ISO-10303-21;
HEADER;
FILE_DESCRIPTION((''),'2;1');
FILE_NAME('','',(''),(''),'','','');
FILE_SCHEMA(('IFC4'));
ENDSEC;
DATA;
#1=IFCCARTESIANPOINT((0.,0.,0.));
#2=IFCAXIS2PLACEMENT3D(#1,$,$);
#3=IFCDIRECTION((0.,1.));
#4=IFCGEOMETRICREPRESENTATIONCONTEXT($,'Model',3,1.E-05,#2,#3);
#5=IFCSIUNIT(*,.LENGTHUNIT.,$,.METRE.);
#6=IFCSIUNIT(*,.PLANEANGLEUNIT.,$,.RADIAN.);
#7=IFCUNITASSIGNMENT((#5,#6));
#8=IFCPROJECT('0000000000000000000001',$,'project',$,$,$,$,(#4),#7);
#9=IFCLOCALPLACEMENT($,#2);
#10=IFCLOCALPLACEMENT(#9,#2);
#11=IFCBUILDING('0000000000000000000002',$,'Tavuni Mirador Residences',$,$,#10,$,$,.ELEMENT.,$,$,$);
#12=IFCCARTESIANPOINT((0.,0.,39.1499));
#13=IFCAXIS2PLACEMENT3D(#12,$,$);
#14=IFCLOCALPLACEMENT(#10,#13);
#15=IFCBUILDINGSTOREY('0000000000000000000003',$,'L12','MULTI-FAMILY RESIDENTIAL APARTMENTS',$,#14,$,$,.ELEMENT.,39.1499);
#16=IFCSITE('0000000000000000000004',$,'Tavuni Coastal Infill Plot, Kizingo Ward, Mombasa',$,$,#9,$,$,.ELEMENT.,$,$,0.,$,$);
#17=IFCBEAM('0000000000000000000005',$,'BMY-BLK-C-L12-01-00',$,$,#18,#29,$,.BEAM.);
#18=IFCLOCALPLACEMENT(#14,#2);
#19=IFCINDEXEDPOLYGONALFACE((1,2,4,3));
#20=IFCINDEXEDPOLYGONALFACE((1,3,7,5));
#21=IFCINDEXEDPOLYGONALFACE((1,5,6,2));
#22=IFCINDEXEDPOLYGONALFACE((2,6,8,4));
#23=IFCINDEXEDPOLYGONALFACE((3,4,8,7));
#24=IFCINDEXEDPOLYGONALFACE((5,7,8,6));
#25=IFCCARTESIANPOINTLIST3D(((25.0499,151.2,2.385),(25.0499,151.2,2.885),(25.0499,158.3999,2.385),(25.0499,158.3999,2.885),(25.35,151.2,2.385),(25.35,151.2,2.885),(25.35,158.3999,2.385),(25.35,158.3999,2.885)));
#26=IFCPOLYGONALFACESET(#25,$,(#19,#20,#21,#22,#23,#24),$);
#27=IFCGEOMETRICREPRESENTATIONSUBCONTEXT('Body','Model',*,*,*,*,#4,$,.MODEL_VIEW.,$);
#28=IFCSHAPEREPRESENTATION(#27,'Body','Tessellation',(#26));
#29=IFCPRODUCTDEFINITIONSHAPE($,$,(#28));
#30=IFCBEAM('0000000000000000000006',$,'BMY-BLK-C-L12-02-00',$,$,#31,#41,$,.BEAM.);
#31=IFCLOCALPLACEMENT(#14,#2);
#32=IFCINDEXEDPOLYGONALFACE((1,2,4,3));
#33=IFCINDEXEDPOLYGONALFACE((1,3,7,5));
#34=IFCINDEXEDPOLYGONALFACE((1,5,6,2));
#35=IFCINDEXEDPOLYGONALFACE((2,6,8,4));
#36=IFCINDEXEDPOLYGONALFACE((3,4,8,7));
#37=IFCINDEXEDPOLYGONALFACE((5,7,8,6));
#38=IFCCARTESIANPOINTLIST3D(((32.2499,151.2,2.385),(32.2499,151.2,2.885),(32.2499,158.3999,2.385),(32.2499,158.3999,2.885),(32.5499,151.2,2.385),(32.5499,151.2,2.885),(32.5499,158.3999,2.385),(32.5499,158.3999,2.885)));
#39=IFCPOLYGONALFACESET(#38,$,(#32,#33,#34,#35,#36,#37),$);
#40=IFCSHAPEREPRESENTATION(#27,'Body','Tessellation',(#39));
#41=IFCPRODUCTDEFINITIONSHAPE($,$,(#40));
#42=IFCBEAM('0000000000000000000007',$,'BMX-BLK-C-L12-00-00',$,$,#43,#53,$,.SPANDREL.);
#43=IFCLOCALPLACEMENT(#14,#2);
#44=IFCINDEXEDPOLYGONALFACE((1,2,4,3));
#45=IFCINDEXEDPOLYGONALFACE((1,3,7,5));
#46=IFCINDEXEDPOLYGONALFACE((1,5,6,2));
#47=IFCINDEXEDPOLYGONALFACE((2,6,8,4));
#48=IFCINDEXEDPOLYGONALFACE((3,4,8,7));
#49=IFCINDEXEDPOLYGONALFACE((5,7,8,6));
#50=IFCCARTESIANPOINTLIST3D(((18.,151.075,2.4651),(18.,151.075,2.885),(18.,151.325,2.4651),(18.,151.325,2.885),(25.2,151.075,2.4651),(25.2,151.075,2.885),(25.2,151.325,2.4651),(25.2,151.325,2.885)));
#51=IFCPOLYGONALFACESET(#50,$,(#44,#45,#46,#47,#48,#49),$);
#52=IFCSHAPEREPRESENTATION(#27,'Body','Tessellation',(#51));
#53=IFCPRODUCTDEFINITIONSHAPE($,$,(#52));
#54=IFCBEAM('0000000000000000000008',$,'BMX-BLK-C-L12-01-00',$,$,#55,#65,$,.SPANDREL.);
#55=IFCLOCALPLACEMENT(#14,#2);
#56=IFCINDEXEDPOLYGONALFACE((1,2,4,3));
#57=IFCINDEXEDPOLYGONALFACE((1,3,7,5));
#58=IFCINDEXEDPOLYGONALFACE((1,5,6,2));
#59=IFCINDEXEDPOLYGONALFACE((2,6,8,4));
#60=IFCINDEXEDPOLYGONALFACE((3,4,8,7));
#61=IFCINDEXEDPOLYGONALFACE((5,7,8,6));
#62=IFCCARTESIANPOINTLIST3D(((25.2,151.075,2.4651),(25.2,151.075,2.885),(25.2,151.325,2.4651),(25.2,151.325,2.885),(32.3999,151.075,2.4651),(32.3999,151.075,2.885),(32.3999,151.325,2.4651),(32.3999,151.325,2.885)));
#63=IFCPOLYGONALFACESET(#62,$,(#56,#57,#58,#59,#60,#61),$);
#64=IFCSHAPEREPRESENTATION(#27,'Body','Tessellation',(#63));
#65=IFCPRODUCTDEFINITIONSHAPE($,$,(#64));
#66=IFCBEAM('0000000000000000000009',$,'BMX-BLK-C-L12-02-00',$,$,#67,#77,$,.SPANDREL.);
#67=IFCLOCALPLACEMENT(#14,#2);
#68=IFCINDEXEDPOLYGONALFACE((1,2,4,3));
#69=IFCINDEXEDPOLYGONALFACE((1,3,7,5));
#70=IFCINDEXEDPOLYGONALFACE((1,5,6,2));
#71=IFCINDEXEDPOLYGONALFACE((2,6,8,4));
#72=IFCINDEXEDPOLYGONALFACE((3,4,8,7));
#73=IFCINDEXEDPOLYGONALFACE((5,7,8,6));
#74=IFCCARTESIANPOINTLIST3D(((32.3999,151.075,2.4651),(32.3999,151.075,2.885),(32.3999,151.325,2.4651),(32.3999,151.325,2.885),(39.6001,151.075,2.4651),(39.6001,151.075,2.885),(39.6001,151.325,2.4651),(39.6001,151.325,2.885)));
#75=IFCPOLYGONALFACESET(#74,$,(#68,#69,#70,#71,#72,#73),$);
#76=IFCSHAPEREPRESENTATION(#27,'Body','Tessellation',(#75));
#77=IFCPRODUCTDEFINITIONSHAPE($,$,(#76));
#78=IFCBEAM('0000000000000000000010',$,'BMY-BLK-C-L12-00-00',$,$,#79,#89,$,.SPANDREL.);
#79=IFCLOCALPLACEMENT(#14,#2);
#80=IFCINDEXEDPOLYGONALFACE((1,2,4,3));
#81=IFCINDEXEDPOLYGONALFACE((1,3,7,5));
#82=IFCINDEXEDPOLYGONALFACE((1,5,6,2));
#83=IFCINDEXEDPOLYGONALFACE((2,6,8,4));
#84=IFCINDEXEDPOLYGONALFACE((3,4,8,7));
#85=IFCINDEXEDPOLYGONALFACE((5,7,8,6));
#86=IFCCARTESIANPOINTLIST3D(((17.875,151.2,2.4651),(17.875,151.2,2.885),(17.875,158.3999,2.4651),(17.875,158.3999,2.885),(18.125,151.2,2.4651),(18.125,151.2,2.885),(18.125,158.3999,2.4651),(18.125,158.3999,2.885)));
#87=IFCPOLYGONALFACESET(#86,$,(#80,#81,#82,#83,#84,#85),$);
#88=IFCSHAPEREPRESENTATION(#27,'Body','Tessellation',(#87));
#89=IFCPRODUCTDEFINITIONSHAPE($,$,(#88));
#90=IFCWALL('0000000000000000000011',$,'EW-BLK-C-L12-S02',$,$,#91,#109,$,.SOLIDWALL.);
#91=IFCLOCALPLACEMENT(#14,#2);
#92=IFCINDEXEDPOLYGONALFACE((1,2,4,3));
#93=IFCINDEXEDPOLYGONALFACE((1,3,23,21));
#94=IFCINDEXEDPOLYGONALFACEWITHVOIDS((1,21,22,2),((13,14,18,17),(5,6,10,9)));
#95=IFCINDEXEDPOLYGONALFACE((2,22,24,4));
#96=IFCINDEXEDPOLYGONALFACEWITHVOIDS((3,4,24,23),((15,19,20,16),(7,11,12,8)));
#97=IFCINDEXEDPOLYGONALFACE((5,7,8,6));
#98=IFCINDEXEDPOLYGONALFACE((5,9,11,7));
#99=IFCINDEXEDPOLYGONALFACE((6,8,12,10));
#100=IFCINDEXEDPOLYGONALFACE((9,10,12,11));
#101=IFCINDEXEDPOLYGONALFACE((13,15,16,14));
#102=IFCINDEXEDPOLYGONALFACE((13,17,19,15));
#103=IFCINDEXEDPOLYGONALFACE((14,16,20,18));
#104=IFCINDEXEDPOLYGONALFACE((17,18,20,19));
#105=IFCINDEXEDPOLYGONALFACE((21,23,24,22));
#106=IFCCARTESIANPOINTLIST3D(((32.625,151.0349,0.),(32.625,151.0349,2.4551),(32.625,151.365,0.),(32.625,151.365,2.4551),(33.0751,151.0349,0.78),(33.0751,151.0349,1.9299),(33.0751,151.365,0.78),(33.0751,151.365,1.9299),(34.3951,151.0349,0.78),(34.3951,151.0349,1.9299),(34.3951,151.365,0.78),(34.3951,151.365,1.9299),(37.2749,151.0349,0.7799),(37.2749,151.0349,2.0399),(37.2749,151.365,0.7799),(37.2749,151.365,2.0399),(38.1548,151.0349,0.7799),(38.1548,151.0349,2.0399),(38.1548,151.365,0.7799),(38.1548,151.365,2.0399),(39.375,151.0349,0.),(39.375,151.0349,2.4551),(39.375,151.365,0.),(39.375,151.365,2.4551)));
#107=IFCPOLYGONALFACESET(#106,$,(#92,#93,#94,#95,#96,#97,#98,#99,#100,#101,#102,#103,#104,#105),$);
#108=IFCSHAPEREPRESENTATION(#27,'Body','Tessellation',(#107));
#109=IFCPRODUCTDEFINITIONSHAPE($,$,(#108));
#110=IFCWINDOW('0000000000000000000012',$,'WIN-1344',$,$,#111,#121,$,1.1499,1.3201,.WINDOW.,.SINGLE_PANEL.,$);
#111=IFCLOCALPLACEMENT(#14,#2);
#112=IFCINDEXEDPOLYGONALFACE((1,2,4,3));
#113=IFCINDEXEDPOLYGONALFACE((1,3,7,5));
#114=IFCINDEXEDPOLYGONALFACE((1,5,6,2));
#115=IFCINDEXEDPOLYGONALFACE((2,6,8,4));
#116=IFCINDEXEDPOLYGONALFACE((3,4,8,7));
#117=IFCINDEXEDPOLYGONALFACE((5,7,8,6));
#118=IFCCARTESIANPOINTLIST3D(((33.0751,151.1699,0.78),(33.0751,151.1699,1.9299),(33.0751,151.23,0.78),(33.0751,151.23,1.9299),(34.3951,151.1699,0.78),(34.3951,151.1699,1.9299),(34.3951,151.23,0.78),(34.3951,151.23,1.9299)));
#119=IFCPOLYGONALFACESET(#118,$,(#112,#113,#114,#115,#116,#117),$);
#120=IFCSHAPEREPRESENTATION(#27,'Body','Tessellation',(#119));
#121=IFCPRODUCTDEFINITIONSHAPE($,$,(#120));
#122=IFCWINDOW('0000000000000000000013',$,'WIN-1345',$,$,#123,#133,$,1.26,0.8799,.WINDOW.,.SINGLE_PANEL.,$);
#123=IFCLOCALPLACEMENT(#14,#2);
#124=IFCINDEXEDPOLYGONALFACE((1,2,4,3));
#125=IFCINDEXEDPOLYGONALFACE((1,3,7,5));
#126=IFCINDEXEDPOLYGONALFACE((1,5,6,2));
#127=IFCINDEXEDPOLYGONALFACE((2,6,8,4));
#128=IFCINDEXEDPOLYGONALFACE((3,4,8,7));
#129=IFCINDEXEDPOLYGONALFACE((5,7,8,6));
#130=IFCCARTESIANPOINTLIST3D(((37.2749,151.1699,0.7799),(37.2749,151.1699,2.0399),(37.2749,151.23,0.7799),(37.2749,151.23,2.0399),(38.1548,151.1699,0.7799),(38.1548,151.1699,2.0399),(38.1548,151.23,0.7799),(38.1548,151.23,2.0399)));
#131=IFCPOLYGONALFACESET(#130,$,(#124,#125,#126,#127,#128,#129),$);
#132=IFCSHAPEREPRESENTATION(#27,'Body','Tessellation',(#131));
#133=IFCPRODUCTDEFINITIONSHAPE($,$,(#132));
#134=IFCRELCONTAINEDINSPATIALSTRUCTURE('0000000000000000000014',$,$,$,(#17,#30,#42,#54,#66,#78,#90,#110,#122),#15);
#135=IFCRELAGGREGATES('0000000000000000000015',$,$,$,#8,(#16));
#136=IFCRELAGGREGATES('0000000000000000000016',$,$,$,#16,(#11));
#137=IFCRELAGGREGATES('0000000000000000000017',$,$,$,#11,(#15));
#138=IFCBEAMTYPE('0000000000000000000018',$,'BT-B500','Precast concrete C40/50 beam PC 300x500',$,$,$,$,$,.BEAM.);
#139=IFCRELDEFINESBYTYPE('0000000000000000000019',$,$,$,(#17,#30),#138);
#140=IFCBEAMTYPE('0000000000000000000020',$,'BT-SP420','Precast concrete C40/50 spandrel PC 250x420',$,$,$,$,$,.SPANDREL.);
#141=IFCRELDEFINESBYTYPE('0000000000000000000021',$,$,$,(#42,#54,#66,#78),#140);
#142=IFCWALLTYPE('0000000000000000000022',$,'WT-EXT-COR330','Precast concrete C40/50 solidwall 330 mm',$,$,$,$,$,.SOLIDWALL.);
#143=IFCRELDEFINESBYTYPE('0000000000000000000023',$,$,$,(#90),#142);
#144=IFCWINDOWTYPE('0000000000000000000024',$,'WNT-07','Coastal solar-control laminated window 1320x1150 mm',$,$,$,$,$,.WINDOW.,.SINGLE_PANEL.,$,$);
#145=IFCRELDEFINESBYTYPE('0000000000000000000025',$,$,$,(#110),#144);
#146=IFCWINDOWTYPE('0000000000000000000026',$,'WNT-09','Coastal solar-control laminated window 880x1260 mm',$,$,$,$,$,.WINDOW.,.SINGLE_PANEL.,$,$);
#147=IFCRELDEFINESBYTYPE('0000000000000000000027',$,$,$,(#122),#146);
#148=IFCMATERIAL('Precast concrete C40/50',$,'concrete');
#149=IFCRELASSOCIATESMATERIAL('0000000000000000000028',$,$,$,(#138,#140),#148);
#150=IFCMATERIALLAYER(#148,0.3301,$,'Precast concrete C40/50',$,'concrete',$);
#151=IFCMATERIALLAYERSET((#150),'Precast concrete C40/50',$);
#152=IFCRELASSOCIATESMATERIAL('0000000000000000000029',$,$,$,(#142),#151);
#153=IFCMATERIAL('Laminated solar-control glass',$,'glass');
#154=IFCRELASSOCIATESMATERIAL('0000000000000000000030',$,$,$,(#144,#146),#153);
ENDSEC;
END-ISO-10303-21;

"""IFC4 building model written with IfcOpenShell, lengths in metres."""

from ifc_helpers import new_model, si_unit, direction, frame, frame_2d, origin, origin_2d, place, context, subcontext, project, spatial, rectangle, extrude, material, layer, layer_set, material_profile, profile_set, type_object, element, fill, save


model = new_model("IFC4")

# Units and contexts
model_context = context("Model", 3, precision=1e-05, world=origin(), true_north=direction((0.0, 1.0)))
body_context = subcontext(model_context, "Body", "Model", "MODEL_VIEW")
ifc_project = project(units=[si_unit("LENGTHUNIT", "METRE"), si_unit("PLANEANGLEUNIT", "RADIAN")], contexts=[model_context])

# Site, building, storey
site_placement = place(None, origin())
site = spatial("IfcSite", under=ifc_project, at=site_placement, Name="Tavuni Coastal Infill Plot, Kizingo Ward, Mombasa", CompositionType="ELEMENT", RefElevation=0.0)
building_placement = place(site_placement, origin())
building = spatial("IfcBuilding", under=site, at=building_placement, Name="Tavuni Mirador Residences", CompositionType="ELEMENT")
storey_placement = place(building_placement, frame((0.0, 0.0, 39.1499)))
storey = spatial("IfcBuildingStorey", under=building, at=storey_placement, Name="L12", Description="MULTI-FAMILY RESIDENTIAL APARTMENTS", CompositionType="ELEMENT", Elevation=39.1499)

# Beams
ifc_material_1 = material(Name="Precast concrete C40/50", Category="concrete")
ifc_material_profile_1 = material_profile(ifc_material_1, rectangle(XDim=0.3, YDim=0.5, at=origin_2d()), Name="PC 300x500", Category="concrete")
ifc_profile_set_1 = profile_set([ifc_material_profile_1], Name="Precast concrete C40/50")
beam_type_1 = type_object("IfcBeamType", Name="BT-B500", Description="Precast concrete C40/50 beam PC 300x500", PredefinedType="BEAM", material=ifc_profile_set_1)
for number, where, z_axis, x_axis, name in (
    (1, (25.2, 151.2, 2.635), (0.0, 1.0, 0.0), (-1.0, 0.0, 0.0), "BMY-BLK-C-L12-01-00"),
    (2, (32.3999, 151.2, 2.635), (0.0, 1.0, 0.0), (-1.0, 0.0, 0.0), "BMY-BLK-C-L12-02-00"),
):
    element("IfcBeam", number, at=place(storey_placement, frame(where, z_axis=z_axis, x_axis=x_axis)), inside=storey, type_object=beam_type_1, Name=name, PredefinedType="BEAM", context=body_context, shape_type="SweptSolid", body=[
        extrude(rectangle(XDim=0.3, YDim=0.5, at=origin_2d()), origin(), (0.0, 0.0, 1.0), 7.2),
    ])
ifc_material_profile_2 = material_profile(ifc_material_1, rectangle(XDim=0.25, YDim=0.4199, at=origin_2d()), Name="PC 250x420", Category="concrete")
ifc_profile_set_2 = profile_set([ifc_material_profile_2], Name="Precast concrete C40/50")
beam_type_2 = type_object("IfcBeamType", Name="BT-SP420", Description="Precast concrete C40/50 spandrel PC 250x420", PredefinedType="SPANDREL", material=ifc_profile_set_2)
for number, where, z_axis, x_axis, name in (
    (3, (18.0, 151.2, 2.675), (1.0, 0.0, 0.0), (0.0, 1.0, 0.0), "BMX-BLK-C-L12-00-00"),
    (4, (25.2, 151.2, 2.675), (1.0, 0.0, 0.0), (0.0, 1.0, 0.0), "BMX-BLK-C-L12-01-00"),
):
    element("IfcBeam", number, at=place(storey_placement, frame(where, z_axis=z_axis, x_axis=x_axis)), inside=storey, type_object=beam_type_2, Name=name, PredefinedType="SPANDREL", context=body_context, shape_type="SweptSolid", body=[
        extrude(rectangle(XDim=0.25, YDim=0.4199, at=origin_2d()), origin(), (0.0, 0.0, 1.0), 7.2),
    ])
beam_1_placement = place(storey_placement, frame((32.3999, 151.2, 2.675), z_axis=(1.0, 0.0, 0.0), x_axis=(0.0, 1.0, 0.0)))
element("IfcBeam", 5, at=beam_1_placement, inside=storey, type_object=beam_type_2, Name="BMX-BLK-C-L12-02-00", PredefinedType="SPANDREL", context=body_context, shape_type="SweptSolid", body=[
    extrude(rectangle(XDim=0.25, YDim=0.4199, at=origin_2d()), origin(), (0.0, 0.0, 1.0), 7.2002),
])
beam_2_placement = place(storey_placement, frame((18.0, 151.2, 2.675), z_axis=(0.0, 1.0, 0.0), x_axis=(-1.0, 0.0, 0.0)))
element("IfcBeam", 6, at=beam_2_placement, inside=storey, type_object=beam_type_2, Name="BMY-BLK-C-L12-00-00", PredefinedType="SPANDREL", context=body_context, shape_type="SweptSolid", body=[
    extrude(rectangle(XDim=0.25, YDim=0.4199, at=origin_2d()), origin(), (0.0, 0.0, 1.0), 7.2),
])

# Wall, openings, windows
ifc_layer_1 = layer(ifc_material_1, 0.3301, Name="Precast concrete C40/50", Category="concrete")
ifc_layer_set_1 = layer_set([ifc_layer_1], Name="Precast concrete C40/50")
wall_type_1 = type_object("IfcWallType", Name="WT-EXT-COR330", Description="Precast concrete C40/50 solidwall 330 mm", PredefinedType="SOLIDWALL", material=ifc_layer_set_1)
wall_1_placement = place(storey_placement, frame((32.625, 151.2, 0.0), z_axis=(0.0, 0.0, 1.0), x_axis=(1.0, 0.0, 0.0)))
wall_1 = element("IfcWall", 7, at=wall_1_placement, inside=storey, type_object=wall_type_1, Name="EW-BLK-C-L12-S02", PredefinedType="SOLIDWALL", context=body_context, shape_type="SweptSolid", body=[
    extrude(rectangle(XDim=6.75, YDim=0.3301, at=frame_2d((3.375, 0.0))), origin(), (0.0, 0.0, 1.0), 2.4551),
])
opening_1_placement = place(wall_1_placement, frame((0.45, 0.0, 0.78)))
opening_1 = element("IfcOpeningElement", 8, at=opening_1_placement, cuts=wall_1, PredefinedType="OPENING", context=body_context, shape_type="SweptSolid", body=[
    extrude(rectangle(XDim=1.3201, YDim=1.1499, at=frame_2d((0.6602, 0.575))), frame((0.0, 0.175, 0.0), z_axis=(0.0, -1.0, 0.0), x_axis=(1.0, 0.0, 0.0)), (0.0, 0.0, 1.0), 0.3501),
])
opening_2_placement = place(wall_1_placement, frame((4.6499, 0.0, 0.78)))
opening_2 = element("IfcOpeningElement", 9, at=opening_2_placement, cuts=wall_1, PredefinedType="OPENING", context=body_context, shape_type="SweptSolid", body=[
    extrude(rectangle(XDim=0.8799, YDim=1.26, at=frame_2d((0.4399, 0.6299))), frame((0.0, 0.175, 0.0), z_axis=(0.0, -1.0, 0.0), x_axis=(1.0, 0.0, 0.0)), (0.0, 0.0, 1.0), 0.3501),
])
ifc_material_2 = material(Name="Laminated solar-control glass", Category="glass")
window_type_1 = type_object("IfcWindowType", Name="WNT-07", Description="Coastal solar-control laminated window 1320x1150 mm", PartitioningType="SINGLE_PANEL", PredefinedType="WINDOW", material=ifc_material_2)
window_1_placement = place(opening_1_placement, origin())
window_1 = element("IfcWindow", 10, at=window_1_placement, inside=storey, type_object=window_type_1, Name="WIN-1344", OverallHeight=1.1499, OverallWidth=1.3201, PartitioningType="SINGLE_PANEL", PredefinedType="WINDOW", context=body_context, shape_type="SweptSolid", body=[
    extrude(rectangle(XDim=1.3201, YDim=1.1499, at=frame_2d((0.6602, 0.575))), frame((0.0, 0.03, 0.0), z_axis=(0.0, -1.0, 0.0), x_axis=(1.0, 0.0, 0.0)), (0.0, 0.0, 1.0), 0.0601),
])
fill(opening_1, window_1)
window_type_2 = type_object("IfcWindowType", Name="WNT-09", Description="Coastal solar-control laminated window 880x1260 mm", PartitioningType="SINGLE_PANEL", PredefinedType="WINDOW", material=ifc_material_2)
window_2_placement = place(opening_2_placement, origin())
window_2 = element("IfcWindow", 11, at=window_2_placement, inside=storey, type_object=window_type_2, Name="WIN-1345", OverallHeight=1.26, OverallWidth=0.8799, PartitioningType="SINGLE_PANEL", PredefinedType="WINDOW", context=body_context, shape_type="SweptSolid", body=[
    extrude(rectangle(XDim=0.8799, YDim=1.26, at=frame_2d((0.4399, 0.6299))), frame((0.0, 0.03, 0.0), z_axis=(0.0, -1.0, 0.0), x_axis=(1.0, 0.0, 0.0)), (0.0, 0.0, 1.0), 0.0601),
])
fill(opening_2, window_2)

save(model, "model.ifc")
